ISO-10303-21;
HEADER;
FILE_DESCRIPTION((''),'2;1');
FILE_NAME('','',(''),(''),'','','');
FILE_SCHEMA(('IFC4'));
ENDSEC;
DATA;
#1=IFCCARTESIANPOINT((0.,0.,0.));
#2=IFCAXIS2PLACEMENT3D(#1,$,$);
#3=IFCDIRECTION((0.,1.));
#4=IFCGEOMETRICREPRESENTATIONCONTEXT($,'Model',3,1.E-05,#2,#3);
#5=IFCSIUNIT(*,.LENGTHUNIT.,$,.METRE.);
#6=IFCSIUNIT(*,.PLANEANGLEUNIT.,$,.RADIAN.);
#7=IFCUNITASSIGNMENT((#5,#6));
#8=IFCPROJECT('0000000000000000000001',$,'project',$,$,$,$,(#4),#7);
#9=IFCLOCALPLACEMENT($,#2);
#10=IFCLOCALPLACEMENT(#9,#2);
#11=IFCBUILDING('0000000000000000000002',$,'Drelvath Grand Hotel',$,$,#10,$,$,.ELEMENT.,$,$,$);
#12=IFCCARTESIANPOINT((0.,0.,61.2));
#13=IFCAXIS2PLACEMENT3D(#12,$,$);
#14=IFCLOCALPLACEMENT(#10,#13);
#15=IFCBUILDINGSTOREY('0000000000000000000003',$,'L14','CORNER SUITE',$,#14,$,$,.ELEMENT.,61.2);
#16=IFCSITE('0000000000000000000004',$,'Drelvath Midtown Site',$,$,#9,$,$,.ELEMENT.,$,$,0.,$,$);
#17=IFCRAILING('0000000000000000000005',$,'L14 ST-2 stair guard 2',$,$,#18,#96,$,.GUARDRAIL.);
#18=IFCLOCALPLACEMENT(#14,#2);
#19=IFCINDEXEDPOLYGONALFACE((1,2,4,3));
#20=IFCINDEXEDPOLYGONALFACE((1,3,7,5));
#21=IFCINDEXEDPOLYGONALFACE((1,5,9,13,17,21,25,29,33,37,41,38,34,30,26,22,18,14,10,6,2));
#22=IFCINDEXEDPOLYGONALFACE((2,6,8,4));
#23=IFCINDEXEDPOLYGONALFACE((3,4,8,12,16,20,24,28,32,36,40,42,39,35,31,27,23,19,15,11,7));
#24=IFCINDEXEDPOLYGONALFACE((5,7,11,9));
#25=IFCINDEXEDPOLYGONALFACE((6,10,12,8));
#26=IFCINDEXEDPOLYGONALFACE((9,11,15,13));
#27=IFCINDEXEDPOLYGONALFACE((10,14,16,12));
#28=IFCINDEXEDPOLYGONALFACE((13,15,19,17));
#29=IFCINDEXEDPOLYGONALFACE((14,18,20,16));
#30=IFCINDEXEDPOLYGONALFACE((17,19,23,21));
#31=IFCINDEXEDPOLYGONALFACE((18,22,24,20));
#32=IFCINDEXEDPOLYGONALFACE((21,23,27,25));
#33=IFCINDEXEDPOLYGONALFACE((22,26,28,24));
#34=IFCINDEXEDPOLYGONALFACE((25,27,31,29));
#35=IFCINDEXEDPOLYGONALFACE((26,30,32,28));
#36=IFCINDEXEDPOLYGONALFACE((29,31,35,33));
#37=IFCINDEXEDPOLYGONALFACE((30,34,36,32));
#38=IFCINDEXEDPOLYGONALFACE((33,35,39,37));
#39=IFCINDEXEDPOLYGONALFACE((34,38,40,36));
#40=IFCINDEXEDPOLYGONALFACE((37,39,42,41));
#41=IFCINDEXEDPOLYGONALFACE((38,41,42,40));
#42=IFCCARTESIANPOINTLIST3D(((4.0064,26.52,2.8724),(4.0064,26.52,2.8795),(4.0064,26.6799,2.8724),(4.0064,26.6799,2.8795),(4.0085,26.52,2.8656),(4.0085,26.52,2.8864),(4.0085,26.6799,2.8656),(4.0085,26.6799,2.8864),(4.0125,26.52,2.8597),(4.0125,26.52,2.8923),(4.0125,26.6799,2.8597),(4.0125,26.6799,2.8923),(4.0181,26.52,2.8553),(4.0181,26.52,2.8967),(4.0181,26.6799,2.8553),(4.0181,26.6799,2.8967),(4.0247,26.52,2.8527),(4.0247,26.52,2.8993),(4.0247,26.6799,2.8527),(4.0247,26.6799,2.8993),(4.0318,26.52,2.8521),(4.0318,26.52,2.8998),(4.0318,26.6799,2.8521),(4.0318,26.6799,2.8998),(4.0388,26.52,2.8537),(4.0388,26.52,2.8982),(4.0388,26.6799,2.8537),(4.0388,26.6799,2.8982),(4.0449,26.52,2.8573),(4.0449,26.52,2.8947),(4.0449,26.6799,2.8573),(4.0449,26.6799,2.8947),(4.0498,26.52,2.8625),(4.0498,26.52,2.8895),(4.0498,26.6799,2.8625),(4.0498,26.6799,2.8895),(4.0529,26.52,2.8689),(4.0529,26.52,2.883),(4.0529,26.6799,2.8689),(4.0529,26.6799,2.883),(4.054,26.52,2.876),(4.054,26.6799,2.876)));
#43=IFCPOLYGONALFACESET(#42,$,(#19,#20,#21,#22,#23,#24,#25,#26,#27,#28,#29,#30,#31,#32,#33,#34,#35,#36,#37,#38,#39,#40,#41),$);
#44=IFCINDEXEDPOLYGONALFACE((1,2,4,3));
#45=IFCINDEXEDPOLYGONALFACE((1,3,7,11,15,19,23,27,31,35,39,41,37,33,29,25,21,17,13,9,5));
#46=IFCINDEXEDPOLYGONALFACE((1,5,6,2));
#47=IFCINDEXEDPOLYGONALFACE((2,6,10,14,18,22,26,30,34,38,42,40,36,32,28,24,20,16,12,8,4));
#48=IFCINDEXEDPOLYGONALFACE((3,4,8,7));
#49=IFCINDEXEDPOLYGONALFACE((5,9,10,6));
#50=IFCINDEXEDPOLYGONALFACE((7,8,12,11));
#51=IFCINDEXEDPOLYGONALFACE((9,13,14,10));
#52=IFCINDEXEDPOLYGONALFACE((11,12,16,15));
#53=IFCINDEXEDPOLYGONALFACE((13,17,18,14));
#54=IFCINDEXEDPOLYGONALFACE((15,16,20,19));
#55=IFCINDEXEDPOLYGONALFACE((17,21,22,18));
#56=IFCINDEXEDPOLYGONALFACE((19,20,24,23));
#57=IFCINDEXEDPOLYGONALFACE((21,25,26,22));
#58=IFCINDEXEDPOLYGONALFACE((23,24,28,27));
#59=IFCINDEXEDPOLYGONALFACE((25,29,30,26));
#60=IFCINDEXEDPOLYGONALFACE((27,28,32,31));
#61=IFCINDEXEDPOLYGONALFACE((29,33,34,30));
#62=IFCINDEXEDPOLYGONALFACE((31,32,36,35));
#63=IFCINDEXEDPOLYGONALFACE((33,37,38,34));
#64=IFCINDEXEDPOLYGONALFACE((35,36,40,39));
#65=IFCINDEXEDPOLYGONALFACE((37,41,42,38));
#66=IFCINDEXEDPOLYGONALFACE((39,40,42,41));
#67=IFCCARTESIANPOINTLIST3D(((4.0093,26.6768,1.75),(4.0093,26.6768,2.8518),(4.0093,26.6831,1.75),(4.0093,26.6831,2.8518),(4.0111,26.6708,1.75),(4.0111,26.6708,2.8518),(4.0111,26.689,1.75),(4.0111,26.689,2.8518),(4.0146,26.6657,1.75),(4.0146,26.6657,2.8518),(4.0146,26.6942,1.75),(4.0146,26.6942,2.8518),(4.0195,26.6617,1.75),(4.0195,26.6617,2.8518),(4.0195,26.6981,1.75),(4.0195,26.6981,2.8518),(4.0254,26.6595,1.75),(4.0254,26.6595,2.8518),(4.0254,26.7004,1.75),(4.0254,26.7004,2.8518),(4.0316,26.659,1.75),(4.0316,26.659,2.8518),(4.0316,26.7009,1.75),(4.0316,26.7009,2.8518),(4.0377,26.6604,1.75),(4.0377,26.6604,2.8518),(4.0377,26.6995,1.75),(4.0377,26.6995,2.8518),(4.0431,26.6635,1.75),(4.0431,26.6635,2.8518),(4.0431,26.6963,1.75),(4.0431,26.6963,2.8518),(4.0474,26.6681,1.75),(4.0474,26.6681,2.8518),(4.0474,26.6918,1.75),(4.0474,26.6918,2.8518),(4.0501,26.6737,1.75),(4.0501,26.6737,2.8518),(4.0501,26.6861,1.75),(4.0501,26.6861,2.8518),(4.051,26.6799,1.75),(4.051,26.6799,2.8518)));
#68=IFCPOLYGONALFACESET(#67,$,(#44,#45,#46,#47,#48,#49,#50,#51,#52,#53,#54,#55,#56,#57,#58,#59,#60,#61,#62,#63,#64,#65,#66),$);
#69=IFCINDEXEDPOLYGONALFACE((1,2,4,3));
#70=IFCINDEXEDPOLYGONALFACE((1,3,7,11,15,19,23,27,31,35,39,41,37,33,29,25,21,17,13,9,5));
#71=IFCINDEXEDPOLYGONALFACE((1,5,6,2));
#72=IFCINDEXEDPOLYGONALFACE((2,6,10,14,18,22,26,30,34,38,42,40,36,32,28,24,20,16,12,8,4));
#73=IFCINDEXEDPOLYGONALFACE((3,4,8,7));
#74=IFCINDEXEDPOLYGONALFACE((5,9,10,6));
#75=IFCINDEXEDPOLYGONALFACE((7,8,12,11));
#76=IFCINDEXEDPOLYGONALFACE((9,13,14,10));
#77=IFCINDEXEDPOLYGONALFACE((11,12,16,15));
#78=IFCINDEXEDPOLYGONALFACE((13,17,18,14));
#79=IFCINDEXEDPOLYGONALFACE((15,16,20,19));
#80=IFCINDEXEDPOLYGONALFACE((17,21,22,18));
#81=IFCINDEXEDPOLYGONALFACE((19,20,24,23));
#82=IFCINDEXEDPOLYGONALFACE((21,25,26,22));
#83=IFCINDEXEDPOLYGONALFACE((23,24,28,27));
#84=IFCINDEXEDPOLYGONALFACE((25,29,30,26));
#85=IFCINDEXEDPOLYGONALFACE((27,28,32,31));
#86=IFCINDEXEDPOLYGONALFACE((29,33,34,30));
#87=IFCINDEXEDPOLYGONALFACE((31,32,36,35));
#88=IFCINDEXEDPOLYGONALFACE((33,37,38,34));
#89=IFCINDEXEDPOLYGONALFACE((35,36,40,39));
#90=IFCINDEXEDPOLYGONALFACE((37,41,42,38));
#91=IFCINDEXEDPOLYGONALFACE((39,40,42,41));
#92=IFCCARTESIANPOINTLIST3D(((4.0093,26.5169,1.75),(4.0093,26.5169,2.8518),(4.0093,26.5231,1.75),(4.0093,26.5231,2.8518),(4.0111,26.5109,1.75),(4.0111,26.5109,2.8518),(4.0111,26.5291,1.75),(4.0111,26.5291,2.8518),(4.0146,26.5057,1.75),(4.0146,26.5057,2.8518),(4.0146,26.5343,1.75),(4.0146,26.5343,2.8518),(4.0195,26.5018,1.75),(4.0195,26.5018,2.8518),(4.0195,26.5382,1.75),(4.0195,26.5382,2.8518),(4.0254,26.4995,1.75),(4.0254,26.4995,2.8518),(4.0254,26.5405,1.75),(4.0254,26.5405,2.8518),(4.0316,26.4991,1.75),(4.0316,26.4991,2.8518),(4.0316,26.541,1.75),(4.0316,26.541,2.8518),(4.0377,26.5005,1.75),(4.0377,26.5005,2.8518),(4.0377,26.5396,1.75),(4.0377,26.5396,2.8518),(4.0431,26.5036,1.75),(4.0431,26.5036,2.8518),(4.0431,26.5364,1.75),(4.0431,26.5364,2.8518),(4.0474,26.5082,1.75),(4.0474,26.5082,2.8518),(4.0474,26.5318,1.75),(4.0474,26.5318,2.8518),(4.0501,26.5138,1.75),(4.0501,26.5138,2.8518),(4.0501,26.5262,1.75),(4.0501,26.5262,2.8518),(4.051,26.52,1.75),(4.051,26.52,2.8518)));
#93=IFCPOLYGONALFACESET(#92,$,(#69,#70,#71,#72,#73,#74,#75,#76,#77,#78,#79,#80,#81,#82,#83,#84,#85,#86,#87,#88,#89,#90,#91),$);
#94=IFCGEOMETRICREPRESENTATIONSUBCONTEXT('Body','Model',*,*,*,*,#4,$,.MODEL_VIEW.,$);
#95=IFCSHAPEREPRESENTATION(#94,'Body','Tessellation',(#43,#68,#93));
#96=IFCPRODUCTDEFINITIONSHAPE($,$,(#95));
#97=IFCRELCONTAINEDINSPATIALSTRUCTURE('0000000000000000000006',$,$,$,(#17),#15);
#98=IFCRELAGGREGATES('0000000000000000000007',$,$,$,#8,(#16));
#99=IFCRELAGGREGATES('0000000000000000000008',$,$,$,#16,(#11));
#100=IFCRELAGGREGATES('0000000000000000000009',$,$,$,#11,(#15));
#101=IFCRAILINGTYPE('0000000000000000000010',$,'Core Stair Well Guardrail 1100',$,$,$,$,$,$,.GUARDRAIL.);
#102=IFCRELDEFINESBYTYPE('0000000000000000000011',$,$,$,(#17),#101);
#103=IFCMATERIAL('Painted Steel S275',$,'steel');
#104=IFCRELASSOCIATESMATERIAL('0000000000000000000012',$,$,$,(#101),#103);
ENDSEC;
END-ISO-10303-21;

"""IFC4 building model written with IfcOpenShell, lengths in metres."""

from ifc_helpers import new_model, si_unit, direction, frame, origin, origin_2d, place, context, subcontext, project, spatial, circle, extrude, material, type_object, element, save


model = new_model("IFC4")

# Units and contexts
model_context = context("Model", 3, precision=1e-05, world=origin(), true_north=direction((0.0, 1.0)))
body_context = subcontext(model_context, "Body", "Model", "MODEL_VIEW")
ifc_project = project(units=[si_unit("LENGTHUNIT", "METRE"), si_unit("PLANEANGLEUNIT", "RADIAN")], contexts=[model_context])

# Site, building, storey
site_placement = place(None, origin())
site = spatial("IfcSite", under=ifc_project, at=site_placement, Name="Drelvath Midtown Site", CompositionType="ELEMENT", RefElevation=0.0)
building_placement = place(site_placement, origin())
building = spatial("IfcBuilding", under=site, at=building_placement, Name="Drelvath Grand Hotel", CompositionType="ELEMENT")
storey_placement = place(building_placement, frame((0.0, 0.0, 61.2)))
storey = spatial("IfcBuildingStorey", under=building, at=storey_placement, Name="L14", Description="CORNER SUITE", CompositionType="ELEMENT", Elevation=61.2)

# Shared definitions
ifc_material_1 = material(Name="Painted Steel S275", Category="steel")

# Railing
railing_type_1 = type_object("IfcRailingType", Name="Core Stair Well Guardrail 1100", PredefinedType="GUARDRAIL", material=ifc_material_1)
railing_1_placement = place(storey_placement, frame((4.03, 26.6799, 1.75)))
element("IfcRailing", 1, at=railing_1_placement, inside=storey, type_object=railing_type_1, Name="L14 ST-2 stair guard 2", PredefinedType="GUARDRAIL", context=body_context, shape_type="SweptSolid", body=[
    extrude(circle(Radius=0.0239, at=origin_2d()), frame((0.0, 0.0, 1.126), z_axis=(0.0, -1.0, 0.0), x_axis=(1.0, 0.0, 0.0)), (0.0, 0.0, 1.0), 0.1599),
    extrude(circle(Radius=0.021, at=origin_2d()), origin(), (0.0, 0.0, 1.0), 1.1018),
    extrude(circle(Radius=0.021, at=origin_2d()), frame((0.0, -0.1599, 0.0)), (0.0, 0.0, 1.0), 1.1018),
])

save(model, "model.ifc")
